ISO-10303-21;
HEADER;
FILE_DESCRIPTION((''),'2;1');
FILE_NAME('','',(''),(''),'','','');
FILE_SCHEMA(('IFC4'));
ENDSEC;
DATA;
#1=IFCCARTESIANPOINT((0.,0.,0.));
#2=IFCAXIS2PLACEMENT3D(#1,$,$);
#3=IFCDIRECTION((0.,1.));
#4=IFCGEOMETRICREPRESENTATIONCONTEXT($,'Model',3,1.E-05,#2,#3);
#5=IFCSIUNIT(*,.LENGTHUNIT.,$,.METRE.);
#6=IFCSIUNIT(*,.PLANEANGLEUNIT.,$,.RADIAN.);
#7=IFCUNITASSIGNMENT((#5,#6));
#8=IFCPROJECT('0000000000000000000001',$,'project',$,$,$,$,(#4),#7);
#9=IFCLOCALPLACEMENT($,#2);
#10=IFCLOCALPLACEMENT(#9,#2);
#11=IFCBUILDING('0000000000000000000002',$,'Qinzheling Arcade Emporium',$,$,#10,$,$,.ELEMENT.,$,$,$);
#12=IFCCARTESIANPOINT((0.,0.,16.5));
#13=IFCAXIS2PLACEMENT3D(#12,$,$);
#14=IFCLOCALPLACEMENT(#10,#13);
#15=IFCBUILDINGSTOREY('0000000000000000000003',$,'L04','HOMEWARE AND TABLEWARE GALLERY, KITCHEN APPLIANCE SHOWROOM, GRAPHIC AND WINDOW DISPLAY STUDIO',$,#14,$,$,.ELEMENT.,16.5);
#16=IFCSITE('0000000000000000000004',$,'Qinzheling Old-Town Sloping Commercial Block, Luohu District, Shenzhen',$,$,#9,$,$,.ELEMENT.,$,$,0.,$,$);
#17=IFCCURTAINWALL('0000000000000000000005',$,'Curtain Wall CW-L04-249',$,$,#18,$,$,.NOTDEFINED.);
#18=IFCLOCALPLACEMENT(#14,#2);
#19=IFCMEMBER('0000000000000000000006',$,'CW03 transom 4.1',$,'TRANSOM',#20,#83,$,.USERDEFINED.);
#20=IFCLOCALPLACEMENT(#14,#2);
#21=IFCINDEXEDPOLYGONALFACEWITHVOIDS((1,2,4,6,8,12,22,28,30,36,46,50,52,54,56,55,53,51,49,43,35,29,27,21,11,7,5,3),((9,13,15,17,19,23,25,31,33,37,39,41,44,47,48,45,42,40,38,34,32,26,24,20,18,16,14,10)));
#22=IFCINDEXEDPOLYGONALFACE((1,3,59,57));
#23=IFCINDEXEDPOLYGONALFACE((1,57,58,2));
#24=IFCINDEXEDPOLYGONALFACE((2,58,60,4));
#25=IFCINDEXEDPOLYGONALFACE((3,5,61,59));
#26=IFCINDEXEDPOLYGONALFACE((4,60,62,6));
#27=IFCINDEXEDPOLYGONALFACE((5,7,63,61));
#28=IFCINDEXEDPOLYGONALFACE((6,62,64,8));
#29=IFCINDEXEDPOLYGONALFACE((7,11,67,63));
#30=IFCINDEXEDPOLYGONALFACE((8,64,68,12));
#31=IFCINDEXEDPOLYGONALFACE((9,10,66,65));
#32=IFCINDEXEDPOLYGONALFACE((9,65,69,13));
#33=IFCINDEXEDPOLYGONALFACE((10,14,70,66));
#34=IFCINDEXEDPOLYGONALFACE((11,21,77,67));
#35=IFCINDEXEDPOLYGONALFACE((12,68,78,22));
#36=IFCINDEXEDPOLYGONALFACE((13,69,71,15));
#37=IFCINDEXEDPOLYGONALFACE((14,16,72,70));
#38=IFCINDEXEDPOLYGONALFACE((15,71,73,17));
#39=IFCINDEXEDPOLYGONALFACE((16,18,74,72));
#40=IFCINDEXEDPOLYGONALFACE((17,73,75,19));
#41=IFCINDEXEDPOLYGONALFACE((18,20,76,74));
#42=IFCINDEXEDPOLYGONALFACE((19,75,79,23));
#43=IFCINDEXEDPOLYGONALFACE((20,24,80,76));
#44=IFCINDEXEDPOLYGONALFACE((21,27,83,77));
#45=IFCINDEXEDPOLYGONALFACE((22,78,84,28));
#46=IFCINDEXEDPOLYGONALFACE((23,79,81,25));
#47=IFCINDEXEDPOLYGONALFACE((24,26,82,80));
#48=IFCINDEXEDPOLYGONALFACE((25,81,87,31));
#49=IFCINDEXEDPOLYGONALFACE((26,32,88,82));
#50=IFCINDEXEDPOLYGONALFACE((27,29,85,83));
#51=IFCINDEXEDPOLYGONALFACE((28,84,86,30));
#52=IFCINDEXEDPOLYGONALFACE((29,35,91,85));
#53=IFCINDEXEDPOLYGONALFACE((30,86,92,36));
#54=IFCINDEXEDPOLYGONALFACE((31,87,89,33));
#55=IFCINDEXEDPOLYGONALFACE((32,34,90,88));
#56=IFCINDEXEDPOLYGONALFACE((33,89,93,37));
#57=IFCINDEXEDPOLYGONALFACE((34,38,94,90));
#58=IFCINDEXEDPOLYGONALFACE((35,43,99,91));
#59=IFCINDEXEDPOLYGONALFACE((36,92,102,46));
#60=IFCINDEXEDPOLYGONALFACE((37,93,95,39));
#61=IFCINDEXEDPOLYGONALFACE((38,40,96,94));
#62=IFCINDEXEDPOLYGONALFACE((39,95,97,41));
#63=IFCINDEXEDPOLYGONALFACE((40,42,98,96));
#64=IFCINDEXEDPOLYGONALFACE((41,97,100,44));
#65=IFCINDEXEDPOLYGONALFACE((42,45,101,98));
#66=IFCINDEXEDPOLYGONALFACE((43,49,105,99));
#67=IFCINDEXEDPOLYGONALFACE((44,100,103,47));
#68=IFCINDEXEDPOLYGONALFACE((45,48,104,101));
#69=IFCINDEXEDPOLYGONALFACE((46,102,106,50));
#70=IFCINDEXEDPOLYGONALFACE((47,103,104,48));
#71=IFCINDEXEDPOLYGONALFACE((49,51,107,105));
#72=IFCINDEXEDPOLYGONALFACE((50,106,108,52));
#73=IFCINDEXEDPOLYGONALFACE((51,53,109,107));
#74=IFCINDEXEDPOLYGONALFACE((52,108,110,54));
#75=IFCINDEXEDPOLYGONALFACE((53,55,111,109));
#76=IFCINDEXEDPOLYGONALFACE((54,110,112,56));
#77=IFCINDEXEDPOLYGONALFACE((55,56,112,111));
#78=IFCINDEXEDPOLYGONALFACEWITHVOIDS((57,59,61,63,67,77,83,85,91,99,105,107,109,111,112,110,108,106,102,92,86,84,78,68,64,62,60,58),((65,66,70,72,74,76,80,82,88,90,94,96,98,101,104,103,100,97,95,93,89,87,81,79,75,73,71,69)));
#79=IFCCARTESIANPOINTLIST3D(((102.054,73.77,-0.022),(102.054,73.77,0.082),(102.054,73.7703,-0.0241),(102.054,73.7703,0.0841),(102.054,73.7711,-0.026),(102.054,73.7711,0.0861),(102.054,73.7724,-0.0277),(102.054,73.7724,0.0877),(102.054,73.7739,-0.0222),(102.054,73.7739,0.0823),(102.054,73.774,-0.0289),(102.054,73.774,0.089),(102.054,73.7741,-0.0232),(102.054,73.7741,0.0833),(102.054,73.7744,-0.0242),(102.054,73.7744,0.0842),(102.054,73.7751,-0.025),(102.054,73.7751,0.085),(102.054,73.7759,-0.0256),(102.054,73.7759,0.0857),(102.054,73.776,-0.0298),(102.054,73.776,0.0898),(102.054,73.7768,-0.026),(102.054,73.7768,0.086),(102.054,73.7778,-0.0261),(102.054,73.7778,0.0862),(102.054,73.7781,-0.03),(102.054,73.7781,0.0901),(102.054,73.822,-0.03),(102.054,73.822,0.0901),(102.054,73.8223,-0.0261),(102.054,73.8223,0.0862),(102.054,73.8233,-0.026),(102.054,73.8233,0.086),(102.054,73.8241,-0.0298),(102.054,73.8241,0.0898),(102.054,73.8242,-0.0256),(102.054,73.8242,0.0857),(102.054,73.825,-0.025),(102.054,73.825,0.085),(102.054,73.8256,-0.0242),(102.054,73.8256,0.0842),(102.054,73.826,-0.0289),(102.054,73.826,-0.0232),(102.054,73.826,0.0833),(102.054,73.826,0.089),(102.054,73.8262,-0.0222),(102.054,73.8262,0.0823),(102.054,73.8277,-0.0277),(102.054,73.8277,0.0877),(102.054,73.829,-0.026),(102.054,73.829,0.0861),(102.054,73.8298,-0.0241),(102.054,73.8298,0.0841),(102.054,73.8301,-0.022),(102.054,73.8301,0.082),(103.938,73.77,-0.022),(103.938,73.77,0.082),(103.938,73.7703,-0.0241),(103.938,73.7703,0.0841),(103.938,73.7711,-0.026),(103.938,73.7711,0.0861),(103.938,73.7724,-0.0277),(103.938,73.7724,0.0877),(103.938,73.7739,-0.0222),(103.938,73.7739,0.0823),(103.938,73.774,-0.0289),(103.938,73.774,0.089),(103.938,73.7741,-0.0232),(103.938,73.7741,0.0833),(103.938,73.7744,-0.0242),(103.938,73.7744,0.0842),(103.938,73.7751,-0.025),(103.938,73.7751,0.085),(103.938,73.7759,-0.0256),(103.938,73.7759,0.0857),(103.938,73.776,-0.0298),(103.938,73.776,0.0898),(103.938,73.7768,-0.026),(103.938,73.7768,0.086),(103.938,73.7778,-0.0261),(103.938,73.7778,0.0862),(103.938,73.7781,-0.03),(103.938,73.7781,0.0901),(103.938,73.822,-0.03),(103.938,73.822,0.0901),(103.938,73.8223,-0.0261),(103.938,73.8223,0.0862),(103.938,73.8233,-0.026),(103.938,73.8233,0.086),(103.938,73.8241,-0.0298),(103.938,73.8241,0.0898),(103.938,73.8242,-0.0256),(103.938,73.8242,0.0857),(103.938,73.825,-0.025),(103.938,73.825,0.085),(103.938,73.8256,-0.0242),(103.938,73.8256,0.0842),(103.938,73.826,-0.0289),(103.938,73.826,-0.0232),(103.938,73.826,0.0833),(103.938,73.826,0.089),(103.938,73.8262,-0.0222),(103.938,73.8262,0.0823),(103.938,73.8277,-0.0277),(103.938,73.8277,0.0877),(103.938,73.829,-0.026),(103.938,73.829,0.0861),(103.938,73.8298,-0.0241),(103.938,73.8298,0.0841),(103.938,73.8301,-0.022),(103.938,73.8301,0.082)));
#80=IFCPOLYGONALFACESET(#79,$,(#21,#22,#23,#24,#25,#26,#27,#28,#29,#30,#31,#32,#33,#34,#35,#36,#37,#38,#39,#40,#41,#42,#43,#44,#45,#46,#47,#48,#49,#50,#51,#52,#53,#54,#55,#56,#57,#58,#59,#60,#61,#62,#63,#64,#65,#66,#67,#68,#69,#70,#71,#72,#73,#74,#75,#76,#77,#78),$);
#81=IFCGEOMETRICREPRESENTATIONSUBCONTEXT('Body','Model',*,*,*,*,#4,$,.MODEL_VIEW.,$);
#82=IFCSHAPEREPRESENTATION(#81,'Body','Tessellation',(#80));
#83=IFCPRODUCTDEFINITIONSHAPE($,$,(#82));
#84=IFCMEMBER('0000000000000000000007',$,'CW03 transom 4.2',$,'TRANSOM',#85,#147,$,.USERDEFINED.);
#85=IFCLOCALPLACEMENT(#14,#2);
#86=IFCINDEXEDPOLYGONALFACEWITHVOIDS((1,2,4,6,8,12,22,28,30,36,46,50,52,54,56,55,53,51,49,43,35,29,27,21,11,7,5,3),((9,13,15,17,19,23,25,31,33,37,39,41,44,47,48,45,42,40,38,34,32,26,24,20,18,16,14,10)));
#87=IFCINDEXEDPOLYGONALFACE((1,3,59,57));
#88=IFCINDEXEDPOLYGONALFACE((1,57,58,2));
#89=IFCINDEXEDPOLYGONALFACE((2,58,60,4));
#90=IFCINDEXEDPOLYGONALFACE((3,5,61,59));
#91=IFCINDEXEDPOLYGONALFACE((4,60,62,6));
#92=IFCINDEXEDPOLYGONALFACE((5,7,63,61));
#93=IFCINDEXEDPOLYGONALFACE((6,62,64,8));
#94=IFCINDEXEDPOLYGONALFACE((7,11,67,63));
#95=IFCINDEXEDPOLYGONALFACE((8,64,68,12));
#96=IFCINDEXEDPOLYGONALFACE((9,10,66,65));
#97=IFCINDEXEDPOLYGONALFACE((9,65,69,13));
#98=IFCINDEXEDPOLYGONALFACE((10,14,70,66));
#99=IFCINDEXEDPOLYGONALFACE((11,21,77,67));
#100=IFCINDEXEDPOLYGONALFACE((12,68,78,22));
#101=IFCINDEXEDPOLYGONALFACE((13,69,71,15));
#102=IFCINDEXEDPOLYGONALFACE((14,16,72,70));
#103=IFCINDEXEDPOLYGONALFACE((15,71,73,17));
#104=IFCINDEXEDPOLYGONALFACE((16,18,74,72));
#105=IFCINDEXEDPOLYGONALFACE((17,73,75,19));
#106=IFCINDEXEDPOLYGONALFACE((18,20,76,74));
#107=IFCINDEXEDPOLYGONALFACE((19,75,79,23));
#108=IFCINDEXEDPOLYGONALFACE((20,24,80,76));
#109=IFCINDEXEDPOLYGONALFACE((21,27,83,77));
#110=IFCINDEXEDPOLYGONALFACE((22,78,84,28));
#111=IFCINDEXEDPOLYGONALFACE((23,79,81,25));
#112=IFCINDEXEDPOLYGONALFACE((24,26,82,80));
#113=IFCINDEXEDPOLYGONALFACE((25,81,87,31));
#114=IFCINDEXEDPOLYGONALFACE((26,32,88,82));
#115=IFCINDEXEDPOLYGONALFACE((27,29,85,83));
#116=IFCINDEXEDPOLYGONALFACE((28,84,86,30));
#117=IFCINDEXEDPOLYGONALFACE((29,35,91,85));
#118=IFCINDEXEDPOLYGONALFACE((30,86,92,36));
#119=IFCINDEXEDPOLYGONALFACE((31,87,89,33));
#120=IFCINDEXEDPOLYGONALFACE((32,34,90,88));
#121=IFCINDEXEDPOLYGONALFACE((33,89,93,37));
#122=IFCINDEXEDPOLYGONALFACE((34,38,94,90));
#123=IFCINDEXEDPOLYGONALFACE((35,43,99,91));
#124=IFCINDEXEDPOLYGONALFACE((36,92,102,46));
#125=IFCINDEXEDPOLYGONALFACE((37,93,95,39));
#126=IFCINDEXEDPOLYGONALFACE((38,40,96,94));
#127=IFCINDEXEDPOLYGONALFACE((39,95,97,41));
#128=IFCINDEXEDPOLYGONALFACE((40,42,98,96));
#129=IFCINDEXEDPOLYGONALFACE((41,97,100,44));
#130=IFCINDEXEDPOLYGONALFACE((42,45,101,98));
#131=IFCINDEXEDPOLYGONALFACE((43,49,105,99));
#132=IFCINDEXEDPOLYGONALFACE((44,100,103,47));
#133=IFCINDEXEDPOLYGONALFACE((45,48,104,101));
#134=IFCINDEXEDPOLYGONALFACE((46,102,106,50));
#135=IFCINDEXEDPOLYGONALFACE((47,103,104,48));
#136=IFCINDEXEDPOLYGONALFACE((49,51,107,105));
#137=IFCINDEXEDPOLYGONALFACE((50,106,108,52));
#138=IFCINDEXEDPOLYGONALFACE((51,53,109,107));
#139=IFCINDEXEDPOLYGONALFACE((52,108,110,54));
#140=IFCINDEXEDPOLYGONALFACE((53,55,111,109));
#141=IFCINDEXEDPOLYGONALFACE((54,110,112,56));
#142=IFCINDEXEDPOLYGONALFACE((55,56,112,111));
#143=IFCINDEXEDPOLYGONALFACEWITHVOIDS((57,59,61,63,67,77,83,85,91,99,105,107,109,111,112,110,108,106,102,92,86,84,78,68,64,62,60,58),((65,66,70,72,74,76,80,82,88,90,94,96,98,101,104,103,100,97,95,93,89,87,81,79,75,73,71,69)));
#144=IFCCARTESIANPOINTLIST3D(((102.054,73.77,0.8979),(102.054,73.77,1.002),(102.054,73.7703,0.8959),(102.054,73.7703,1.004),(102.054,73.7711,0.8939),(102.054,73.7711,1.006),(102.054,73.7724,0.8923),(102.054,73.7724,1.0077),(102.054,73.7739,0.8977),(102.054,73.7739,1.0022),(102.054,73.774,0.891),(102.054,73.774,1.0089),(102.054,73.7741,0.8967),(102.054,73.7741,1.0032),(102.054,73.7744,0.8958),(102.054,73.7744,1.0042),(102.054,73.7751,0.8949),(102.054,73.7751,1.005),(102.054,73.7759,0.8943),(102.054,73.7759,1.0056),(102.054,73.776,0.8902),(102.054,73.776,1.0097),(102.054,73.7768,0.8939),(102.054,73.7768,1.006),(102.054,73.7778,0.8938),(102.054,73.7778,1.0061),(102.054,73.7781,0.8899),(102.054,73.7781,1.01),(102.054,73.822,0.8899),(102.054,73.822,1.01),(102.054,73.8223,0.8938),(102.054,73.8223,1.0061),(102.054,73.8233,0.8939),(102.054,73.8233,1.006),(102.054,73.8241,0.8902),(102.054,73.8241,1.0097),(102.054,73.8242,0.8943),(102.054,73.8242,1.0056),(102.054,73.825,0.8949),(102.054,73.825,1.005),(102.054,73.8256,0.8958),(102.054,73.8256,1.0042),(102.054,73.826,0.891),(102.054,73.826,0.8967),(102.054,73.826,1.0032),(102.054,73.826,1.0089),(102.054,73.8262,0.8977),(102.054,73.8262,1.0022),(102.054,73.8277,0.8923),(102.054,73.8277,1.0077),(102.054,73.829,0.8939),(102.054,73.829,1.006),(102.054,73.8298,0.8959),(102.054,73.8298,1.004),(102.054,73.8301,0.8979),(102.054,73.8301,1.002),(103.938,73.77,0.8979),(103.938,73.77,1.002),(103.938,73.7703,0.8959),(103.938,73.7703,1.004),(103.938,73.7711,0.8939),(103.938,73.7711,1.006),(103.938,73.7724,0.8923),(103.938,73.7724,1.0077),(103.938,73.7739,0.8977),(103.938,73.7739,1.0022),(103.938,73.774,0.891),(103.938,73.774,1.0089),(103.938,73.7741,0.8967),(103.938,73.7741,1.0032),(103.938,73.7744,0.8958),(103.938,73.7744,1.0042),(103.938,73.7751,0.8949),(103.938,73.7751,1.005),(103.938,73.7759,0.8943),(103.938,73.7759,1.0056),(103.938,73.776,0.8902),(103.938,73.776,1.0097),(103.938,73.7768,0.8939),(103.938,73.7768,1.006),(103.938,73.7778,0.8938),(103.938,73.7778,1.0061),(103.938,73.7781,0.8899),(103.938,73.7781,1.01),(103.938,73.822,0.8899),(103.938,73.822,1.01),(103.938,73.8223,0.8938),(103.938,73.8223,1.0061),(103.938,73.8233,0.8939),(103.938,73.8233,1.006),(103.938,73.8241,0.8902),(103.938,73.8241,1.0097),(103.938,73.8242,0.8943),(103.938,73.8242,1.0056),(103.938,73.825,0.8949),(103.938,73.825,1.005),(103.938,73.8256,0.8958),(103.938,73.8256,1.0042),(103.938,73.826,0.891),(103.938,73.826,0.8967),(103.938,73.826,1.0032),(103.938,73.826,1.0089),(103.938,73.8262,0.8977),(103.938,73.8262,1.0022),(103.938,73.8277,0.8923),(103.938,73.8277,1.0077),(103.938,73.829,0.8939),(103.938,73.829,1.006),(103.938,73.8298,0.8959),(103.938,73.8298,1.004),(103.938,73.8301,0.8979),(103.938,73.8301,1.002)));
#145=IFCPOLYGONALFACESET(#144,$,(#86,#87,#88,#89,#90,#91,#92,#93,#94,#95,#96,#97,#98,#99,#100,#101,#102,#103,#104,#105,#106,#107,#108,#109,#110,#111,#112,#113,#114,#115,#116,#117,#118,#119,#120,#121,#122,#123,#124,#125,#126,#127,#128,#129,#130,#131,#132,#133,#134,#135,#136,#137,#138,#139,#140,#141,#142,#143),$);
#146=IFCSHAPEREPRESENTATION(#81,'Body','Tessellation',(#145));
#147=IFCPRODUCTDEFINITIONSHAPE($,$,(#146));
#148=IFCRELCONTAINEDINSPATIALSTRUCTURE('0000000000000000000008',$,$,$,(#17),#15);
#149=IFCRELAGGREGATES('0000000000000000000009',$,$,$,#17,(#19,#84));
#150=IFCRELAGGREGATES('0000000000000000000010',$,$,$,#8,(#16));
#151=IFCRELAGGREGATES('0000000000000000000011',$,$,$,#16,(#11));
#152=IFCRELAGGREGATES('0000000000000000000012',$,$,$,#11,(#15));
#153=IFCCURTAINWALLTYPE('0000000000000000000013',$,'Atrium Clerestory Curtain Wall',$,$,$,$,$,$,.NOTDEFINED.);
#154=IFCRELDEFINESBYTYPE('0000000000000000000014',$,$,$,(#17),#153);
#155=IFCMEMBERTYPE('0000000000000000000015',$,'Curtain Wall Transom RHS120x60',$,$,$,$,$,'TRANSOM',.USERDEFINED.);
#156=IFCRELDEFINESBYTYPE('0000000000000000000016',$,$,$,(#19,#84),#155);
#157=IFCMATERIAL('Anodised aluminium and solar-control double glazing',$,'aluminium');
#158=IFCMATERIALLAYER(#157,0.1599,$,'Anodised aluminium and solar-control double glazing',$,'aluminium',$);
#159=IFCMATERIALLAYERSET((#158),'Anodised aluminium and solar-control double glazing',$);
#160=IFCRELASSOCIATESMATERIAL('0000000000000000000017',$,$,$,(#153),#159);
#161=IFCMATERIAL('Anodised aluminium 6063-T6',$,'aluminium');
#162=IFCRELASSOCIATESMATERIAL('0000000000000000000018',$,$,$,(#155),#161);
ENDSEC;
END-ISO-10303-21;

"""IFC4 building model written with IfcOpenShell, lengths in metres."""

from ifc_helpers import new_model, si_unit, direction, frame, origin, origin_2d, place, context, subcontext, project, spatial, hollow_rectangle, extrude, material, layer, layer_set, material_profile, profile_set, type_object, element, aggregate, save


model = new_model("IFC4")

# Units and contexts
model_context = context("Model", 3, precision=1e-05, world=origin(), true_north=direction((0.0, 1.0)))
body_context = subcontext(model_context, "Body", "Model", "MODEL_VIEW")
ifc_project = project(units=[si_unit("LENGTHUNIT", "METRE"), si_unit("PLANEANGLEUNIT", "RADIAN")], contexts=[model_context])

# Site, building, storey
site_placement = place(None, origin())
site = spatial("IfcSite", under=ifc_project, at=site_placement, Name="Qinzheling Old-Town Sloping Commercial Block, Luohu District, Shenzhen", CompositionType="ELEMENT", RefElevation=0.0)
building_placement = place(site_placement, origin())
building = spatial("IfcBuilding", under=site, at=building_placement, Name="Qinzheling Arcade Emporium", CompositionType="ELEMENT")
storey_placement = place(building_placement, frame((0.0, 0.0, 16.5)))
storey = spatial("IfcBuildingStorey", under=building, at=storey_placement, Name="L04", Description="HOMEWARE AND TABLEWARE GALLERY, KITCHEN APPLIANCE SHOWROOM, GRAPHIC AND WINDOW DISPLAY STUDIO", CompositionType="ELEMENT", Elevation=16.5)

# Shared definitions
ifc_material_1 = material(Name="Anodised aluminium and solar-control double glazing", Category="aluminium")
ifc_layer_1 = layer(ifc_material_1, 0.1599, Name="Anodised aluminium and solar-control double glazing", Category="aluminium")
ifc_layer_set_1 = layer_set([ifc_layer_1], Name="Anodised aluminium and solar-control double glazing")
curtain_wall_type = type_object("IfcCurtainWallType", Name="Atrium Clerestory Curtain Wall", PredefinedType="NOTDEFINED", material=ifc_layer_set_1)
ifc_material_2 = material(Name="Anodised aluminium 6063-T6", Category="aluminium")

# Curtain wall, members
curtain_wall_1_placement = place(storey_placement, origin())
curtain_wall_1 = element("IfcCurtainWall", 1, at=curtain_wall_1_placement, inside=storey, type_object=curtain_wall_type, Name="Curtain Wall CW-L04-249", PredefinedType="NOTDEFINED")
ifc_material_profile_1 = material_profile(ifc_material_2, hollow_rectangle(XDim=0.0601, YDim=0.1201, WallThickness=0.0039, InnerFilletRadius=0.0039, OuterFilletRadius=0.0081, at=origin_2d()), Name="RHS 120x60x4", Category="aluminium")
ifc_profile_set_1 = profile_set([ifc_material_profile_1], Name="Anodised aluminium 6063-T6")
member_type_1 = type_object("IfcMemberType", Name="Curtain Wall Transom RHS120x60", ElementType="TRANSOM", PredefinedType="USERDEFINED", material=ifc_profile_set_1)
member_1_placement = place(storey_placement, frame((102.054, 73.8, 0.03), z_axis=(1.0, 0.0, 0.0), x_axis=(0.0, 1.0, 0.0)))
member_1 = element("IfcMember", 2, at=member_1_placement, type_object=member_type_1, Name="CW03 transom 4.1", ObjectType="TRANSOM", PredefinedType="USERDEFINED", context=body_context, shape_type="SweptSolid", body=[
    extrude(hollow_rectangle(XDim=0.0601, YDim=0.1201, WallThickness=0.0039, InnerFilletRadius=0.0039, OuterFilletRadius=0.0081, at=origin_2d()), origin(), (0.0, 0.0, 1.0), 1.884),
])
member_2_placement = place(storey_placement, frame((102.054, 73.8, 0.95), z_axis=(1.0, 0.0, 0.0), x_axis=(0.0, 1.0, 0.0)))
member_2 = element("IfcMember", 3, at=member_2_placement, type_object=member_type_1, Name="CW03 transom 4.2", ObjectType="TRANSOM", PredefinedType="USERDEFINED", context=body_context, shape_type="SweptSolid", body=[
    extrude(hollow_rectangle(XDim=0.0601, YDim=0.1201, WallThickness=0.0039, InnerFilletRadius=0.0039, OuterFilletRadius=0.0081, at=origin_2d()), origin(), (0.0, 0.0, 1.0), 1.884),
])

aggregate(curtain_wall_1, [member_1, member_2])

save(model, "model.ifc")
